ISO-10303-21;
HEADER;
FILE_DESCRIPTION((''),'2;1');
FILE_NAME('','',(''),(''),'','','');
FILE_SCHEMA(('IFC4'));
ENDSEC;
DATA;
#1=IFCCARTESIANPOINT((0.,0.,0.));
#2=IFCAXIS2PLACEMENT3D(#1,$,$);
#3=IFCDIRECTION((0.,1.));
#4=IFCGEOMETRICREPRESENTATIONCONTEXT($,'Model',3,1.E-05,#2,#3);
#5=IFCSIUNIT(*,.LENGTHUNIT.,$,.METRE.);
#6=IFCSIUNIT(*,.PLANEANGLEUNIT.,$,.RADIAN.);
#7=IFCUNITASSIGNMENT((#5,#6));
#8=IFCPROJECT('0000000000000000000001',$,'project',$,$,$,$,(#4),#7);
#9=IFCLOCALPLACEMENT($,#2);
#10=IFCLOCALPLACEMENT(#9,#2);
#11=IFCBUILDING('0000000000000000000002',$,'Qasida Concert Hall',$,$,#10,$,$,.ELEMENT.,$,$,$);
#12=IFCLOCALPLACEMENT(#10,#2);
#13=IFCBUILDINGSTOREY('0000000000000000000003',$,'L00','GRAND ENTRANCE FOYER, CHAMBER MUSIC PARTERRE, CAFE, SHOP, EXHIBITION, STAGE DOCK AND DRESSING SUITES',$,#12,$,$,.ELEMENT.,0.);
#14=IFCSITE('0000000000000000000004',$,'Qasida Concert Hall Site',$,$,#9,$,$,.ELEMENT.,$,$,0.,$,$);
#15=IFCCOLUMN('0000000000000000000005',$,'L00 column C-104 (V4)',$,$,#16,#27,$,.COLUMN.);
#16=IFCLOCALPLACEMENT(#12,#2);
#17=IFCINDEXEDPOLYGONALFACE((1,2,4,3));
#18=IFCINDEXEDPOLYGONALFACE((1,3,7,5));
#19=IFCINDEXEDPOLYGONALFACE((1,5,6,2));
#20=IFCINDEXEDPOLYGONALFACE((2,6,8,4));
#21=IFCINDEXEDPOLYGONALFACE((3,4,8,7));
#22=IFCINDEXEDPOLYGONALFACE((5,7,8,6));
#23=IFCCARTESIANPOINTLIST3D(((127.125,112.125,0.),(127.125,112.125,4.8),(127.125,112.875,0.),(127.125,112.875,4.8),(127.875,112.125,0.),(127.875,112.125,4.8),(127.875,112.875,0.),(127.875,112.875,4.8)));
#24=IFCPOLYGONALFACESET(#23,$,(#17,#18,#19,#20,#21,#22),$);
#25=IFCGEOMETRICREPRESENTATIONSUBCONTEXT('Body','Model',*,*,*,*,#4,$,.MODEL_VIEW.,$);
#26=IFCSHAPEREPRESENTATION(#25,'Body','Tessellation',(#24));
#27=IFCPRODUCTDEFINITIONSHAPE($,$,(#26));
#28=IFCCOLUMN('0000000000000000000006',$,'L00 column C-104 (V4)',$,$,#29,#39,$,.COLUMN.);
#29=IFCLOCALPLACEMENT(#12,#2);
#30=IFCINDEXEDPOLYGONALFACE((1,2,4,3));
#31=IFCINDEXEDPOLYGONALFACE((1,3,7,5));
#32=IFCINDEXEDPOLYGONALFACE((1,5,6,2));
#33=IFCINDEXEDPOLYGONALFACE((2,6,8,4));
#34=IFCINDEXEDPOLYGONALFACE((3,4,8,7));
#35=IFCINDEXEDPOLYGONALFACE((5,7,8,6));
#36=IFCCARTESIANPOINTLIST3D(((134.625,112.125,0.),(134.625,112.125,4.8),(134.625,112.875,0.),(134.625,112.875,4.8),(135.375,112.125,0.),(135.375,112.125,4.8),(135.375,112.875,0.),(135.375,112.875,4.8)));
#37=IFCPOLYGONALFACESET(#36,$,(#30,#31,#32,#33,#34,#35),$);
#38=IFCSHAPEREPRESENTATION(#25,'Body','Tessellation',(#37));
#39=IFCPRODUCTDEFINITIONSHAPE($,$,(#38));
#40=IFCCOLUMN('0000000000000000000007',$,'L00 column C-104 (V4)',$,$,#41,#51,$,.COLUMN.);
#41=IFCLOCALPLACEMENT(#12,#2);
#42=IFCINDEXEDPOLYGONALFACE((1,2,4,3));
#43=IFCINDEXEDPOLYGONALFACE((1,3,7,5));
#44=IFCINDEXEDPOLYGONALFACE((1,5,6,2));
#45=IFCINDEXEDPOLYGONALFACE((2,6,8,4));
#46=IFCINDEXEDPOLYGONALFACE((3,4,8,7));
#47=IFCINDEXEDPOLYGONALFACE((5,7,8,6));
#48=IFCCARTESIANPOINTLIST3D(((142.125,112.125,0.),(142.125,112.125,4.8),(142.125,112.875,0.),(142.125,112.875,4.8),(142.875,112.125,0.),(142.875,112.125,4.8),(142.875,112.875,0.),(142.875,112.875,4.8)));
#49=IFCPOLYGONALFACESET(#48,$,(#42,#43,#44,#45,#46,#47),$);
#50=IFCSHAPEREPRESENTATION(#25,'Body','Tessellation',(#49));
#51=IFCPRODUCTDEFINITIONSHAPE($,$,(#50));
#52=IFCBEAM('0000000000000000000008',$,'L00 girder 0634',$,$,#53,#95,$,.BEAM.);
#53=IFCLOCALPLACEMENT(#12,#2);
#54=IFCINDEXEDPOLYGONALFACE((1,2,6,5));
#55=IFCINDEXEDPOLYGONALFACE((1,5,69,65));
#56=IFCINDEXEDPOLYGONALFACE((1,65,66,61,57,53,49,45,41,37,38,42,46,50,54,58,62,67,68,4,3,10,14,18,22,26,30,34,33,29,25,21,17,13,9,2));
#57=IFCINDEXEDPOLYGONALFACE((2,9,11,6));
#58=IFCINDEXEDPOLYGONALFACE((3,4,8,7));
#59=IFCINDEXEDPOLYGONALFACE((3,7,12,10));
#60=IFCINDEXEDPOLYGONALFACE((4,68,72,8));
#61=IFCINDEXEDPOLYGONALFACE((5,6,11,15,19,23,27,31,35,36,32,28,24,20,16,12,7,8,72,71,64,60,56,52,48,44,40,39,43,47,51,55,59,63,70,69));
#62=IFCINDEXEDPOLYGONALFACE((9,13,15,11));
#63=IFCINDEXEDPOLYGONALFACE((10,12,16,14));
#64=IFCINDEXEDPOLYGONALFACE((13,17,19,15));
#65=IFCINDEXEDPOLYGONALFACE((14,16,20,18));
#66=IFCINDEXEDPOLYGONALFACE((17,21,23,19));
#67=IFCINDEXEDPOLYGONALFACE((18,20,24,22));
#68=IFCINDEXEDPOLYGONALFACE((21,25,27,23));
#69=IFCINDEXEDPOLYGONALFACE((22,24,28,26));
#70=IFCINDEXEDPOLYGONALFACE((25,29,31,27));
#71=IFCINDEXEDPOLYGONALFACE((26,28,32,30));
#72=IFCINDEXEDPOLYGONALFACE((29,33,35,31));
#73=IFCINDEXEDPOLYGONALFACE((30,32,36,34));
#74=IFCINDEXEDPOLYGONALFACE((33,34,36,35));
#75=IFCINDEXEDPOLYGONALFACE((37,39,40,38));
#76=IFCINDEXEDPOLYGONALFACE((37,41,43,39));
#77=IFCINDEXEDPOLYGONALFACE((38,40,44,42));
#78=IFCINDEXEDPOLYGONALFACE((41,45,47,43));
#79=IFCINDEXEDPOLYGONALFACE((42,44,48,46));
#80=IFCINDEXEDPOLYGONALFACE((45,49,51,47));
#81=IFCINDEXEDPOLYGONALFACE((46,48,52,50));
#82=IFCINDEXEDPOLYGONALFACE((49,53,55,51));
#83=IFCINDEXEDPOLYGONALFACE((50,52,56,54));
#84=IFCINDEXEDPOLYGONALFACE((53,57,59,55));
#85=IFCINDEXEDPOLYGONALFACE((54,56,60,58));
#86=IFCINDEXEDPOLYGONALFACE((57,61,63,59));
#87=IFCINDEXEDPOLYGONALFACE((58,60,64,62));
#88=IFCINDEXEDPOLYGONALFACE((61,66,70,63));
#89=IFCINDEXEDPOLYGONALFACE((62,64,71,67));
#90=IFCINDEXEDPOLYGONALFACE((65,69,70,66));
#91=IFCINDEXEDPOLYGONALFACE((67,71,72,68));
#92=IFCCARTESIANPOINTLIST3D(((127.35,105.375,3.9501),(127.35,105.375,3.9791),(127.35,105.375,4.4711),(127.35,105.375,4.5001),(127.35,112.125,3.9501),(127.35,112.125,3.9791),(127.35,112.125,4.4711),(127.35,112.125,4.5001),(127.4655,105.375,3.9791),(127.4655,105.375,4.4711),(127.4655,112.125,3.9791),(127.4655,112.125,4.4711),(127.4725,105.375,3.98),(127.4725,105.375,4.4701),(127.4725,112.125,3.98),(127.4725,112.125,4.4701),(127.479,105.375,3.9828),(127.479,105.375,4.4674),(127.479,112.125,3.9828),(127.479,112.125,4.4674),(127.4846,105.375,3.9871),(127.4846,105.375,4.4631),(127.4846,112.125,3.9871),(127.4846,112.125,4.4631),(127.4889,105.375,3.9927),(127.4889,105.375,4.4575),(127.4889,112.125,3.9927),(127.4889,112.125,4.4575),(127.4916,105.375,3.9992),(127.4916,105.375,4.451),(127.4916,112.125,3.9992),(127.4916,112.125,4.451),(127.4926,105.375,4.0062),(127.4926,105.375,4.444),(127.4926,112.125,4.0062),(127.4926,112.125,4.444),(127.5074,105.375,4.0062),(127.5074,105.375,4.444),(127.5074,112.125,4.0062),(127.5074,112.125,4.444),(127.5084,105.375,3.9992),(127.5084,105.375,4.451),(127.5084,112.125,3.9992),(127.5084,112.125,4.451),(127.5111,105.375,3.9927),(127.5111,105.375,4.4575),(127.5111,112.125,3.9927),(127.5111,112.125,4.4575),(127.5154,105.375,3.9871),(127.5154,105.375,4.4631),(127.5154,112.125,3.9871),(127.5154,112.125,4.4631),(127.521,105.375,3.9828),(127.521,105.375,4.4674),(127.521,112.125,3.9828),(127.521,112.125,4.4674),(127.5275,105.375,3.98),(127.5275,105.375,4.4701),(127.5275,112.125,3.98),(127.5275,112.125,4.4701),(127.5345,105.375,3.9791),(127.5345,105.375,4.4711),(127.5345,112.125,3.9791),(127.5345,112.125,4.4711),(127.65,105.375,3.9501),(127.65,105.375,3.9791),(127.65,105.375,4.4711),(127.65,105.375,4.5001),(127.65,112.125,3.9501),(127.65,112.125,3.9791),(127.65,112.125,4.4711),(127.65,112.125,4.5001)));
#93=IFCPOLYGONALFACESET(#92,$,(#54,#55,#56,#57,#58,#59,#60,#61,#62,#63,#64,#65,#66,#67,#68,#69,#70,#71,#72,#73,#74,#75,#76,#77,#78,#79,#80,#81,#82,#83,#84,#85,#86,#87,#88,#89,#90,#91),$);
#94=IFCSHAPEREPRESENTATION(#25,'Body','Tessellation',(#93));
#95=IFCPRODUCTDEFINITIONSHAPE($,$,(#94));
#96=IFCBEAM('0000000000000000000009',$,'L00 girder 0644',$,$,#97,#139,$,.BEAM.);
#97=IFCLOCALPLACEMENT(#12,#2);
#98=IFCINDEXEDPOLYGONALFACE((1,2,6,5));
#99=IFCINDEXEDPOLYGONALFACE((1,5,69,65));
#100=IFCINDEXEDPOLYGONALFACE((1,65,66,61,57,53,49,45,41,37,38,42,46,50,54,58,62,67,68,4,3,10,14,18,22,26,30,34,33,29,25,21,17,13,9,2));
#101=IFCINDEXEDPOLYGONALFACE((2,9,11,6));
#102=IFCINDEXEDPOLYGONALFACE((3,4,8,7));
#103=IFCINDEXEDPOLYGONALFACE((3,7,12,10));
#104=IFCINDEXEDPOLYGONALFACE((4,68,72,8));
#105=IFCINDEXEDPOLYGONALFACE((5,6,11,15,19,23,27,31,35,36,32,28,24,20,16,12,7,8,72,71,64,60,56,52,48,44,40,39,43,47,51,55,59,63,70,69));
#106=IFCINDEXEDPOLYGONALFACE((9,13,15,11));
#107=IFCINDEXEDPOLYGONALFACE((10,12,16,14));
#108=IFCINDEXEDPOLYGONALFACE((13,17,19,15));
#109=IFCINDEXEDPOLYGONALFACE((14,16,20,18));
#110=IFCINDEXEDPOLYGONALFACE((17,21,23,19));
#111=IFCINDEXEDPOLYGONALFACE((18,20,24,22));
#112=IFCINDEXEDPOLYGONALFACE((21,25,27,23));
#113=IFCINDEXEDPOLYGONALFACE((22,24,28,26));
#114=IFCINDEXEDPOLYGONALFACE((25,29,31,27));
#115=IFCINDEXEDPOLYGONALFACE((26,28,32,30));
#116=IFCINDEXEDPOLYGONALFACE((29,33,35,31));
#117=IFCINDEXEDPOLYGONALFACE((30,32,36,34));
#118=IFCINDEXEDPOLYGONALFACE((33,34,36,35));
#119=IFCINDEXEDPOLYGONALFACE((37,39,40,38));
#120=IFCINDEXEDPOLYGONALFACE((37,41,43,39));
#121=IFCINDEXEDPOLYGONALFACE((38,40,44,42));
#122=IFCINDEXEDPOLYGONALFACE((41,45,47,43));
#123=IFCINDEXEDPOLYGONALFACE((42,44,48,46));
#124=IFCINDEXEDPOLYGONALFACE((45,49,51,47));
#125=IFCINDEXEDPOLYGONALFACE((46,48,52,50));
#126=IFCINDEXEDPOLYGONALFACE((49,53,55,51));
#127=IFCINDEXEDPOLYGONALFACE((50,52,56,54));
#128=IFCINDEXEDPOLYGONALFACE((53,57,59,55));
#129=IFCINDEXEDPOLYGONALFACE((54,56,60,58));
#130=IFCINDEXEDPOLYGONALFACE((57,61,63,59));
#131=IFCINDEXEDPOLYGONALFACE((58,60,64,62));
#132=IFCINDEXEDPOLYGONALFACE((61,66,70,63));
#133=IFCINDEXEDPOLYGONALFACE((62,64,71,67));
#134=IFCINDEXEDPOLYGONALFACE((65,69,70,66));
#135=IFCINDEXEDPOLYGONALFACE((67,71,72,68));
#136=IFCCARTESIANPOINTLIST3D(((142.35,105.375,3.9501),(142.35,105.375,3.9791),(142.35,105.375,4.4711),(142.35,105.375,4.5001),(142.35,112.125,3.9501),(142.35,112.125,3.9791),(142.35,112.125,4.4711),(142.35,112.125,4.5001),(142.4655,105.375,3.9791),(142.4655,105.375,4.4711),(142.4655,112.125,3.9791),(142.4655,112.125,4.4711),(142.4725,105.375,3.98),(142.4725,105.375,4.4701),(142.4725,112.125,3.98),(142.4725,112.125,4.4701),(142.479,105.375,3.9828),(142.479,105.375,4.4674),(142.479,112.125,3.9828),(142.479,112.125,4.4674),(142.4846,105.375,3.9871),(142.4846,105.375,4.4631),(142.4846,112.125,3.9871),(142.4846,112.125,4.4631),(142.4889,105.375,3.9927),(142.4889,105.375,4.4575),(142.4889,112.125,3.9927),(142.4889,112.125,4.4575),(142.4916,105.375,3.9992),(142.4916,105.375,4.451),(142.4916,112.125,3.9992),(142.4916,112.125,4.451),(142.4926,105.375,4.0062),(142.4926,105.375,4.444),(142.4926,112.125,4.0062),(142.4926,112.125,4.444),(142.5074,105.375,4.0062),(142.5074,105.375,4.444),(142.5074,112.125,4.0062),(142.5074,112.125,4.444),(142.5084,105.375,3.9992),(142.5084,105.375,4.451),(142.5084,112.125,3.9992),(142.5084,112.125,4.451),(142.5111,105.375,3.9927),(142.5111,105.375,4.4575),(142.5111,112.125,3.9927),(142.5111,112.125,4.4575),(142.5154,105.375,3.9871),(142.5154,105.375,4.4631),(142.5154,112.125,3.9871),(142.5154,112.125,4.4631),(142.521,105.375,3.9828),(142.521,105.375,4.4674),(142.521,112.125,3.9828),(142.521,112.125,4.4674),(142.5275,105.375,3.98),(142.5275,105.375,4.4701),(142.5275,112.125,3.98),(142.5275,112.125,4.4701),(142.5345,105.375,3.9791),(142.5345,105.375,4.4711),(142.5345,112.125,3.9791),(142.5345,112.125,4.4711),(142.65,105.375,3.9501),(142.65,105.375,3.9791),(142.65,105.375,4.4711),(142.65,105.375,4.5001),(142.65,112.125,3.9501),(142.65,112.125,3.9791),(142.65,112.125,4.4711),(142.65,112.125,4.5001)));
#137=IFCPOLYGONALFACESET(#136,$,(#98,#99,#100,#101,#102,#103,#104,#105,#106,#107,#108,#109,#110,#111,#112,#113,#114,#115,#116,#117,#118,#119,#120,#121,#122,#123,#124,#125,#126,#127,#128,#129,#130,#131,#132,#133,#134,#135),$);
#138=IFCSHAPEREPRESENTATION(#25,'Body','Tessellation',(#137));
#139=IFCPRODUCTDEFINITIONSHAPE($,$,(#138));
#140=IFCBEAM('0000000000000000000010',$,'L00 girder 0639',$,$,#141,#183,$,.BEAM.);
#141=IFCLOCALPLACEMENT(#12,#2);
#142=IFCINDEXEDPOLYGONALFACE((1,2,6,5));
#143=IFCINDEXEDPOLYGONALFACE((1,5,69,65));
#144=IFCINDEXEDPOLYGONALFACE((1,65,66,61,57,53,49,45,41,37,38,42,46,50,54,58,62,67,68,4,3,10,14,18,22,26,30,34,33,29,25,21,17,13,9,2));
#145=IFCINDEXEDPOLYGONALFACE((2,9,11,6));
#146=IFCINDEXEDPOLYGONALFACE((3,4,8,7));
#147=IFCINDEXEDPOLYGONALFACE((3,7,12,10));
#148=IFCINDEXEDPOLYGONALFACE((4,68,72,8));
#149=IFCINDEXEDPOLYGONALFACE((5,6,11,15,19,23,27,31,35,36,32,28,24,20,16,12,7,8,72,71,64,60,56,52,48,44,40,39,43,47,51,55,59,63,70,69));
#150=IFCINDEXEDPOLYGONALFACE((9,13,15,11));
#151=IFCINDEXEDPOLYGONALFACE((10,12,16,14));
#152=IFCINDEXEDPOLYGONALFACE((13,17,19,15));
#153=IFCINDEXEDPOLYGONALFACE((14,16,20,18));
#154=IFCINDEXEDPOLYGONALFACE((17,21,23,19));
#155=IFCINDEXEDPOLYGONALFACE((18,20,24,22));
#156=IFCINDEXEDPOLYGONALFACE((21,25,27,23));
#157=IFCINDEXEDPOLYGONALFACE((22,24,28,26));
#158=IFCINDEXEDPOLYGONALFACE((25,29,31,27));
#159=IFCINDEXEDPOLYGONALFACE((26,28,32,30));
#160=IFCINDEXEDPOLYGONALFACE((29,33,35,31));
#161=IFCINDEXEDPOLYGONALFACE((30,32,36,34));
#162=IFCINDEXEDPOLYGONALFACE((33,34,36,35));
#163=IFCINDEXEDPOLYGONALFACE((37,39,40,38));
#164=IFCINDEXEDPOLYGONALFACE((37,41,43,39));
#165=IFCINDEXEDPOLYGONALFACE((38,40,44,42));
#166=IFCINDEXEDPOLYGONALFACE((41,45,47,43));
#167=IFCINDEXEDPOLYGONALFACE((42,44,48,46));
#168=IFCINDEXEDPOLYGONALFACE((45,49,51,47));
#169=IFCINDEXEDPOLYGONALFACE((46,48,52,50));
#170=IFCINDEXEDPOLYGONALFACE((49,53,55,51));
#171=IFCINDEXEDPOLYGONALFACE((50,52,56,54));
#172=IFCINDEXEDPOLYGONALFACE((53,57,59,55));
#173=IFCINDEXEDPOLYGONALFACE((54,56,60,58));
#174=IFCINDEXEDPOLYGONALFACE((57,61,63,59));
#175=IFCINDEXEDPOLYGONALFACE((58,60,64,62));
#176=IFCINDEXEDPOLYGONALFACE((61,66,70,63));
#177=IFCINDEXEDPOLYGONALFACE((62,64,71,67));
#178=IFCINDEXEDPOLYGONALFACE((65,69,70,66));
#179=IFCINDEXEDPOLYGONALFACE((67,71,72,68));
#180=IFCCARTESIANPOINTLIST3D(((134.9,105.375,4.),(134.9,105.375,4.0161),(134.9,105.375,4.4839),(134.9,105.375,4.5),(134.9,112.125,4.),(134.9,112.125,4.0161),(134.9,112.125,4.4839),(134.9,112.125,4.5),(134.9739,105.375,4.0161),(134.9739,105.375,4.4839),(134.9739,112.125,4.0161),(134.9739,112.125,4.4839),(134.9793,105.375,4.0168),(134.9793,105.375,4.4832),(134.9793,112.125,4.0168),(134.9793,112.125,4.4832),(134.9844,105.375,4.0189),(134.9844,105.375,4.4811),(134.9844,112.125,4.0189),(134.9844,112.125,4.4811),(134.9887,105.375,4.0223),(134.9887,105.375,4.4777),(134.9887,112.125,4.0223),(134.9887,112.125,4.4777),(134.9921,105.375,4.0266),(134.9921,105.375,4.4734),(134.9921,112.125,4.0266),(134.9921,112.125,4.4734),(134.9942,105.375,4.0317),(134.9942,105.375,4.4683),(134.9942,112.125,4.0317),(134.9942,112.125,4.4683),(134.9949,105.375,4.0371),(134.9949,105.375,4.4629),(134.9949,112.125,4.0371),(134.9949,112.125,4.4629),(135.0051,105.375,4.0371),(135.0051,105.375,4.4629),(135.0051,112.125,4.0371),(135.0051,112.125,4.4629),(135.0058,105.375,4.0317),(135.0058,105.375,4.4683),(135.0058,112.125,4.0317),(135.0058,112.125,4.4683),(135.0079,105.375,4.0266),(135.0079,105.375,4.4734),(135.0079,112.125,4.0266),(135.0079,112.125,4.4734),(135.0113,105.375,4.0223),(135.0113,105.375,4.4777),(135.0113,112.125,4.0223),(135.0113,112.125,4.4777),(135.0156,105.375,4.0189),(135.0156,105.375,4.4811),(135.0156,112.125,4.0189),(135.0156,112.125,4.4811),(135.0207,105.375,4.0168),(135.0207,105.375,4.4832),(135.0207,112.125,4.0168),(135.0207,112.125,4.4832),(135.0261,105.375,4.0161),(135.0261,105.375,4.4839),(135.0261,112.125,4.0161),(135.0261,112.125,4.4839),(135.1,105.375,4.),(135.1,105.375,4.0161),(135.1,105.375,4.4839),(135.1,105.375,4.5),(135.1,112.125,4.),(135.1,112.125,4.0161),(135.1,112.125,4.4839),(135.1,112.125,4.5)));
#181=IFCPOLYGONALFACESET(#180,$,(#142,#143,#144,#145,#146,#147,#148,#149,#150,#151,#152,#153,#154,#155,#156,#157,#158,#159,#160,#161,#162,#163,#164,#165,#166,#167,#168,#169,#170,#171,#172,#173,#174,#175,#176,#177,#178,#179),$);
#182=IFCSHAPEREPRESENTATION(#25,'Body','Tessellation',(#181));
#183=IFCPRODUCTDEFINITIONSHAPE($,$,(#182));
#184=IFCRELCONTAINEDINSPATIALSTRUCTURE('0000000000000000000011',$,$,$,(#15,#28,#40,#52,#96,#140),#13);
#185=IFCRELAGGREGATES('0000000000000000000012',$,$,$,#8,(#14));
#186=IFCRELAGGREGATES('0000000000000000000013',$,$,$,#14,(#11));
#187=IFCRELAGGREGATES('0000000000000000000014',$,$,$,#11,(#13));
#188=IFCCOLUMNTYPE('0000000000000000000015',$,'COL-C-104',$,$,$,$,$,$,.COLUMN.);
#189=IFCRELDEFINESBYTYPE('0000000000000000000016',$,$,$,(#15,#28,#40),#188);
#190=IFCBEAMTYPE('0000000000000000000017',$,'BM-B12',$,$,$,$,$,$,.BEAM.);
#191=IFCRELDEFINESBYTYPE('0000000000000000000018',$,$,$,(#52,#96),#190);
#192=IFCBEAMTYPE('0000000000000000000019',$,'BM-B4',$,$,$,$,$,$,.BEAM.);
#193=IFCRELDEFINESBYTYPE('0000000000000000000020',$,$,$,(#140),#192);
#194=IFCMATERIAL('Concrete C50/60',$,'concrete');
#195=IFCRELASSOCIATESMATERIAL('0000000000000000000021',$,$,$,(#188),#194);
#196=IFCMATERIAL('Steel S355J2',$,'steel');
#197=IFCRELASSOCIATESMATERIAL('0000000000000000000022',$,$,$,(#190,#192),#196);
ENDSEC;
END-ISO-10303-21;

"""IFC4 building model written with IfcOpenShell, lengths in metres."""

from ifc_helpers import new_model, si_unit, direction, frame, origin, origin_2d, place, context, subcontext, project, spatial, rectangle, i_section, extrude, material, material_profile, profile_set, type_object, element, save


model = new_model("IFC4")

# Units and contexts
model_context = context("Model", 3, precision=1e-05, world=origin(), true_north=direction((0.0, 1.0)))
body_context = subcontext(model_context, "Body", "Model", "MODEL_VIEW")
ifc_project = project(units=[si_unit("LENGTHUNIT", "METRE"), si_unit("PLANEANGLEUNIT", "RADIAN")], contexts=[model_context])

# Site, building, storey
site_placement = place(None, origin())
site = spatial("IfcSite", under=ifc_project, at=site_placement, Name="Qasida Concert Hall Site", CompositionType="ELEMENT", RefElevation=0.0)
building_placement = place(site_placement, origin())
building = spatial("IfcBuilding", under=site, at=building_placement, Name="Qasida Concert Hall", CompositionType="ELEMENT")
storey_placement = place(building_placement, origin())
storey = spatial("IfcBuildingStorey", under=building, at=storey_placement, Name="L00", Description="GRAND ENTRANCE FOYER, CHAMBER MUSIC PARTERRE, CAFE, SHOP, EXHIBITION, STAGE DOCK AND DRESSING SUITES", CompositionType="ELEMENT", Elevation=0.0)

# Columns
ifc_material_1 = material(Name="Concrete C50/60", Category="concrete")
ifc_material_profile_1 = material_profile(ifc_material_1, rectangle(XDim=0.75, YDim=0.75, at=origin_2d()), Name="RC 750x750")
ifc_profile_set_1 = profile_set([ifc_material_profile_1], Name="Concrete C50/60")
column_type = type_object("IfcColumnType", Name="COL-C-104", PredefinedType="COLUMN", material=ifc_profile_set_1)
for number, where, z_axis, x_axis, name in (
    (1, (127.5, 112.5, 0.0), (0.0, 0.0, 1.0), (1.0, 0.0, 0.0), "L00 column C-104 (V4)"),
    (2, (135.0, 112.5, 0.0), (0.0, 0.0, 1.0), (1.0, 0.0, 0.0), "L00 column C-104 (V4)"),
    (3, (142.5, 112.5, 0.0), (0.0, 0.0, 1.0), (1.0, 0.0, 0.0), "L00 column C-104 (V4)"),
):
    element("IfcColumn", number, at=place(storey_placement, frame(where, z_axis=z_axis, x_axis=x_axis)), inside=storey, type_object=column_type, Name=name, PredefinedType="COLUMN", context=body_context, shape_type="SweptSolid", body=[
        extrude(rectangle(XDim=0.75, YDim=0.75, at=origin_2d()), origin(), (0.0, 0.0, 1.0), 4.8),
    ])

# Beams
ifc_material_2 = material(Name="Steel S355J2", Category="steel")
ifc_material_profile_2 = material_profile(ifc_material_2, i_section(OverallWidth=0.3, OverallDepth=0.55, WebThickness=0.0149, FlangeThickness=0.0291, FilletRadius=0.0271, at=origin_2d()), Name="HEB 550")
ifc_profile_set_2 = profile_set([ifc_material_profile_2], Name="Steel S355J2")
beam_type_1 = type_object("IfcBeamType", Name="BM-B12", PredefinedType="BEAM", material=ifc_profile_set_2)
for number, where, z_axis, x_axis, name in (
    (4, (127.5, 105.375, 4.2251), (0.0, 1.0, 0.0), (-1.0, 0.0, 0.0), "L00 girder 0634"),
    (5, (142.5, 105.375, 4.2251), (0.0, 1.0, 0.0), (-1.0, 0.0, 0.0), "L00 girder 0644"),
):
    element("IfcBeam", number, at=place(storey_placement, frame(where, z_axis=z_axis, x_axis=x_axis)), inside=storey, type_object=beam_type_1, Name=name, PredefinedType="BEAM", context=body_context, shape_type="SweptSolid", body=[
        extrude(i_section(OverallWidth=0.3, OverallDepth=0.55, WebThickness=0.0149, FlangeThickness=0.0291, FilletRadius=0.0271, at=origin_2d()), origin(), (0.0, 0.0, 1.0), 6.75),
    ])
ifc_material_profile_3 = material_profile(ifc_material_2, i_section(OverallWidth=0.2, OverallDepth=0.5, WebThickness=0.0103, FlangeThickness=0.0161, FilletRadius=0.021, at=origin_2d()), Name="IPE 500")
ifc_profile_set_3 = profile_set([ifc_material_profile_3], Name="Steel S355J2")
beam_type_2 = type_object("IfcBeamType", Name="BM-B4", PredefinedType="BEAM", material=ifc_profile_set_3)
beam_1_placement = place(storey_placement, frame((135.0, 105.375, 4.25), z_axis=(0.0, 1.0, 0.0), x_axis=(-1.0, 0.0, 0.0)))
element("IfcBeam", 6, at=beam_1_placement, inside=storey, type_object=beam_type_2, Name="L00 girder 0639", PredefinedType="BEAM", context=body_context, shape_type="SweptSolid", body=[
    extrude(i_section(OverallWidth=0.2, OverallDepth=0.5, WebThickness=0.0103, FlangeThickness=0.0161, FilletRadius=0.021, at=origin_2d()), origin(), (0.0, 0.0, 1.0), 6.75),
])

save(model, "model.ifc")
